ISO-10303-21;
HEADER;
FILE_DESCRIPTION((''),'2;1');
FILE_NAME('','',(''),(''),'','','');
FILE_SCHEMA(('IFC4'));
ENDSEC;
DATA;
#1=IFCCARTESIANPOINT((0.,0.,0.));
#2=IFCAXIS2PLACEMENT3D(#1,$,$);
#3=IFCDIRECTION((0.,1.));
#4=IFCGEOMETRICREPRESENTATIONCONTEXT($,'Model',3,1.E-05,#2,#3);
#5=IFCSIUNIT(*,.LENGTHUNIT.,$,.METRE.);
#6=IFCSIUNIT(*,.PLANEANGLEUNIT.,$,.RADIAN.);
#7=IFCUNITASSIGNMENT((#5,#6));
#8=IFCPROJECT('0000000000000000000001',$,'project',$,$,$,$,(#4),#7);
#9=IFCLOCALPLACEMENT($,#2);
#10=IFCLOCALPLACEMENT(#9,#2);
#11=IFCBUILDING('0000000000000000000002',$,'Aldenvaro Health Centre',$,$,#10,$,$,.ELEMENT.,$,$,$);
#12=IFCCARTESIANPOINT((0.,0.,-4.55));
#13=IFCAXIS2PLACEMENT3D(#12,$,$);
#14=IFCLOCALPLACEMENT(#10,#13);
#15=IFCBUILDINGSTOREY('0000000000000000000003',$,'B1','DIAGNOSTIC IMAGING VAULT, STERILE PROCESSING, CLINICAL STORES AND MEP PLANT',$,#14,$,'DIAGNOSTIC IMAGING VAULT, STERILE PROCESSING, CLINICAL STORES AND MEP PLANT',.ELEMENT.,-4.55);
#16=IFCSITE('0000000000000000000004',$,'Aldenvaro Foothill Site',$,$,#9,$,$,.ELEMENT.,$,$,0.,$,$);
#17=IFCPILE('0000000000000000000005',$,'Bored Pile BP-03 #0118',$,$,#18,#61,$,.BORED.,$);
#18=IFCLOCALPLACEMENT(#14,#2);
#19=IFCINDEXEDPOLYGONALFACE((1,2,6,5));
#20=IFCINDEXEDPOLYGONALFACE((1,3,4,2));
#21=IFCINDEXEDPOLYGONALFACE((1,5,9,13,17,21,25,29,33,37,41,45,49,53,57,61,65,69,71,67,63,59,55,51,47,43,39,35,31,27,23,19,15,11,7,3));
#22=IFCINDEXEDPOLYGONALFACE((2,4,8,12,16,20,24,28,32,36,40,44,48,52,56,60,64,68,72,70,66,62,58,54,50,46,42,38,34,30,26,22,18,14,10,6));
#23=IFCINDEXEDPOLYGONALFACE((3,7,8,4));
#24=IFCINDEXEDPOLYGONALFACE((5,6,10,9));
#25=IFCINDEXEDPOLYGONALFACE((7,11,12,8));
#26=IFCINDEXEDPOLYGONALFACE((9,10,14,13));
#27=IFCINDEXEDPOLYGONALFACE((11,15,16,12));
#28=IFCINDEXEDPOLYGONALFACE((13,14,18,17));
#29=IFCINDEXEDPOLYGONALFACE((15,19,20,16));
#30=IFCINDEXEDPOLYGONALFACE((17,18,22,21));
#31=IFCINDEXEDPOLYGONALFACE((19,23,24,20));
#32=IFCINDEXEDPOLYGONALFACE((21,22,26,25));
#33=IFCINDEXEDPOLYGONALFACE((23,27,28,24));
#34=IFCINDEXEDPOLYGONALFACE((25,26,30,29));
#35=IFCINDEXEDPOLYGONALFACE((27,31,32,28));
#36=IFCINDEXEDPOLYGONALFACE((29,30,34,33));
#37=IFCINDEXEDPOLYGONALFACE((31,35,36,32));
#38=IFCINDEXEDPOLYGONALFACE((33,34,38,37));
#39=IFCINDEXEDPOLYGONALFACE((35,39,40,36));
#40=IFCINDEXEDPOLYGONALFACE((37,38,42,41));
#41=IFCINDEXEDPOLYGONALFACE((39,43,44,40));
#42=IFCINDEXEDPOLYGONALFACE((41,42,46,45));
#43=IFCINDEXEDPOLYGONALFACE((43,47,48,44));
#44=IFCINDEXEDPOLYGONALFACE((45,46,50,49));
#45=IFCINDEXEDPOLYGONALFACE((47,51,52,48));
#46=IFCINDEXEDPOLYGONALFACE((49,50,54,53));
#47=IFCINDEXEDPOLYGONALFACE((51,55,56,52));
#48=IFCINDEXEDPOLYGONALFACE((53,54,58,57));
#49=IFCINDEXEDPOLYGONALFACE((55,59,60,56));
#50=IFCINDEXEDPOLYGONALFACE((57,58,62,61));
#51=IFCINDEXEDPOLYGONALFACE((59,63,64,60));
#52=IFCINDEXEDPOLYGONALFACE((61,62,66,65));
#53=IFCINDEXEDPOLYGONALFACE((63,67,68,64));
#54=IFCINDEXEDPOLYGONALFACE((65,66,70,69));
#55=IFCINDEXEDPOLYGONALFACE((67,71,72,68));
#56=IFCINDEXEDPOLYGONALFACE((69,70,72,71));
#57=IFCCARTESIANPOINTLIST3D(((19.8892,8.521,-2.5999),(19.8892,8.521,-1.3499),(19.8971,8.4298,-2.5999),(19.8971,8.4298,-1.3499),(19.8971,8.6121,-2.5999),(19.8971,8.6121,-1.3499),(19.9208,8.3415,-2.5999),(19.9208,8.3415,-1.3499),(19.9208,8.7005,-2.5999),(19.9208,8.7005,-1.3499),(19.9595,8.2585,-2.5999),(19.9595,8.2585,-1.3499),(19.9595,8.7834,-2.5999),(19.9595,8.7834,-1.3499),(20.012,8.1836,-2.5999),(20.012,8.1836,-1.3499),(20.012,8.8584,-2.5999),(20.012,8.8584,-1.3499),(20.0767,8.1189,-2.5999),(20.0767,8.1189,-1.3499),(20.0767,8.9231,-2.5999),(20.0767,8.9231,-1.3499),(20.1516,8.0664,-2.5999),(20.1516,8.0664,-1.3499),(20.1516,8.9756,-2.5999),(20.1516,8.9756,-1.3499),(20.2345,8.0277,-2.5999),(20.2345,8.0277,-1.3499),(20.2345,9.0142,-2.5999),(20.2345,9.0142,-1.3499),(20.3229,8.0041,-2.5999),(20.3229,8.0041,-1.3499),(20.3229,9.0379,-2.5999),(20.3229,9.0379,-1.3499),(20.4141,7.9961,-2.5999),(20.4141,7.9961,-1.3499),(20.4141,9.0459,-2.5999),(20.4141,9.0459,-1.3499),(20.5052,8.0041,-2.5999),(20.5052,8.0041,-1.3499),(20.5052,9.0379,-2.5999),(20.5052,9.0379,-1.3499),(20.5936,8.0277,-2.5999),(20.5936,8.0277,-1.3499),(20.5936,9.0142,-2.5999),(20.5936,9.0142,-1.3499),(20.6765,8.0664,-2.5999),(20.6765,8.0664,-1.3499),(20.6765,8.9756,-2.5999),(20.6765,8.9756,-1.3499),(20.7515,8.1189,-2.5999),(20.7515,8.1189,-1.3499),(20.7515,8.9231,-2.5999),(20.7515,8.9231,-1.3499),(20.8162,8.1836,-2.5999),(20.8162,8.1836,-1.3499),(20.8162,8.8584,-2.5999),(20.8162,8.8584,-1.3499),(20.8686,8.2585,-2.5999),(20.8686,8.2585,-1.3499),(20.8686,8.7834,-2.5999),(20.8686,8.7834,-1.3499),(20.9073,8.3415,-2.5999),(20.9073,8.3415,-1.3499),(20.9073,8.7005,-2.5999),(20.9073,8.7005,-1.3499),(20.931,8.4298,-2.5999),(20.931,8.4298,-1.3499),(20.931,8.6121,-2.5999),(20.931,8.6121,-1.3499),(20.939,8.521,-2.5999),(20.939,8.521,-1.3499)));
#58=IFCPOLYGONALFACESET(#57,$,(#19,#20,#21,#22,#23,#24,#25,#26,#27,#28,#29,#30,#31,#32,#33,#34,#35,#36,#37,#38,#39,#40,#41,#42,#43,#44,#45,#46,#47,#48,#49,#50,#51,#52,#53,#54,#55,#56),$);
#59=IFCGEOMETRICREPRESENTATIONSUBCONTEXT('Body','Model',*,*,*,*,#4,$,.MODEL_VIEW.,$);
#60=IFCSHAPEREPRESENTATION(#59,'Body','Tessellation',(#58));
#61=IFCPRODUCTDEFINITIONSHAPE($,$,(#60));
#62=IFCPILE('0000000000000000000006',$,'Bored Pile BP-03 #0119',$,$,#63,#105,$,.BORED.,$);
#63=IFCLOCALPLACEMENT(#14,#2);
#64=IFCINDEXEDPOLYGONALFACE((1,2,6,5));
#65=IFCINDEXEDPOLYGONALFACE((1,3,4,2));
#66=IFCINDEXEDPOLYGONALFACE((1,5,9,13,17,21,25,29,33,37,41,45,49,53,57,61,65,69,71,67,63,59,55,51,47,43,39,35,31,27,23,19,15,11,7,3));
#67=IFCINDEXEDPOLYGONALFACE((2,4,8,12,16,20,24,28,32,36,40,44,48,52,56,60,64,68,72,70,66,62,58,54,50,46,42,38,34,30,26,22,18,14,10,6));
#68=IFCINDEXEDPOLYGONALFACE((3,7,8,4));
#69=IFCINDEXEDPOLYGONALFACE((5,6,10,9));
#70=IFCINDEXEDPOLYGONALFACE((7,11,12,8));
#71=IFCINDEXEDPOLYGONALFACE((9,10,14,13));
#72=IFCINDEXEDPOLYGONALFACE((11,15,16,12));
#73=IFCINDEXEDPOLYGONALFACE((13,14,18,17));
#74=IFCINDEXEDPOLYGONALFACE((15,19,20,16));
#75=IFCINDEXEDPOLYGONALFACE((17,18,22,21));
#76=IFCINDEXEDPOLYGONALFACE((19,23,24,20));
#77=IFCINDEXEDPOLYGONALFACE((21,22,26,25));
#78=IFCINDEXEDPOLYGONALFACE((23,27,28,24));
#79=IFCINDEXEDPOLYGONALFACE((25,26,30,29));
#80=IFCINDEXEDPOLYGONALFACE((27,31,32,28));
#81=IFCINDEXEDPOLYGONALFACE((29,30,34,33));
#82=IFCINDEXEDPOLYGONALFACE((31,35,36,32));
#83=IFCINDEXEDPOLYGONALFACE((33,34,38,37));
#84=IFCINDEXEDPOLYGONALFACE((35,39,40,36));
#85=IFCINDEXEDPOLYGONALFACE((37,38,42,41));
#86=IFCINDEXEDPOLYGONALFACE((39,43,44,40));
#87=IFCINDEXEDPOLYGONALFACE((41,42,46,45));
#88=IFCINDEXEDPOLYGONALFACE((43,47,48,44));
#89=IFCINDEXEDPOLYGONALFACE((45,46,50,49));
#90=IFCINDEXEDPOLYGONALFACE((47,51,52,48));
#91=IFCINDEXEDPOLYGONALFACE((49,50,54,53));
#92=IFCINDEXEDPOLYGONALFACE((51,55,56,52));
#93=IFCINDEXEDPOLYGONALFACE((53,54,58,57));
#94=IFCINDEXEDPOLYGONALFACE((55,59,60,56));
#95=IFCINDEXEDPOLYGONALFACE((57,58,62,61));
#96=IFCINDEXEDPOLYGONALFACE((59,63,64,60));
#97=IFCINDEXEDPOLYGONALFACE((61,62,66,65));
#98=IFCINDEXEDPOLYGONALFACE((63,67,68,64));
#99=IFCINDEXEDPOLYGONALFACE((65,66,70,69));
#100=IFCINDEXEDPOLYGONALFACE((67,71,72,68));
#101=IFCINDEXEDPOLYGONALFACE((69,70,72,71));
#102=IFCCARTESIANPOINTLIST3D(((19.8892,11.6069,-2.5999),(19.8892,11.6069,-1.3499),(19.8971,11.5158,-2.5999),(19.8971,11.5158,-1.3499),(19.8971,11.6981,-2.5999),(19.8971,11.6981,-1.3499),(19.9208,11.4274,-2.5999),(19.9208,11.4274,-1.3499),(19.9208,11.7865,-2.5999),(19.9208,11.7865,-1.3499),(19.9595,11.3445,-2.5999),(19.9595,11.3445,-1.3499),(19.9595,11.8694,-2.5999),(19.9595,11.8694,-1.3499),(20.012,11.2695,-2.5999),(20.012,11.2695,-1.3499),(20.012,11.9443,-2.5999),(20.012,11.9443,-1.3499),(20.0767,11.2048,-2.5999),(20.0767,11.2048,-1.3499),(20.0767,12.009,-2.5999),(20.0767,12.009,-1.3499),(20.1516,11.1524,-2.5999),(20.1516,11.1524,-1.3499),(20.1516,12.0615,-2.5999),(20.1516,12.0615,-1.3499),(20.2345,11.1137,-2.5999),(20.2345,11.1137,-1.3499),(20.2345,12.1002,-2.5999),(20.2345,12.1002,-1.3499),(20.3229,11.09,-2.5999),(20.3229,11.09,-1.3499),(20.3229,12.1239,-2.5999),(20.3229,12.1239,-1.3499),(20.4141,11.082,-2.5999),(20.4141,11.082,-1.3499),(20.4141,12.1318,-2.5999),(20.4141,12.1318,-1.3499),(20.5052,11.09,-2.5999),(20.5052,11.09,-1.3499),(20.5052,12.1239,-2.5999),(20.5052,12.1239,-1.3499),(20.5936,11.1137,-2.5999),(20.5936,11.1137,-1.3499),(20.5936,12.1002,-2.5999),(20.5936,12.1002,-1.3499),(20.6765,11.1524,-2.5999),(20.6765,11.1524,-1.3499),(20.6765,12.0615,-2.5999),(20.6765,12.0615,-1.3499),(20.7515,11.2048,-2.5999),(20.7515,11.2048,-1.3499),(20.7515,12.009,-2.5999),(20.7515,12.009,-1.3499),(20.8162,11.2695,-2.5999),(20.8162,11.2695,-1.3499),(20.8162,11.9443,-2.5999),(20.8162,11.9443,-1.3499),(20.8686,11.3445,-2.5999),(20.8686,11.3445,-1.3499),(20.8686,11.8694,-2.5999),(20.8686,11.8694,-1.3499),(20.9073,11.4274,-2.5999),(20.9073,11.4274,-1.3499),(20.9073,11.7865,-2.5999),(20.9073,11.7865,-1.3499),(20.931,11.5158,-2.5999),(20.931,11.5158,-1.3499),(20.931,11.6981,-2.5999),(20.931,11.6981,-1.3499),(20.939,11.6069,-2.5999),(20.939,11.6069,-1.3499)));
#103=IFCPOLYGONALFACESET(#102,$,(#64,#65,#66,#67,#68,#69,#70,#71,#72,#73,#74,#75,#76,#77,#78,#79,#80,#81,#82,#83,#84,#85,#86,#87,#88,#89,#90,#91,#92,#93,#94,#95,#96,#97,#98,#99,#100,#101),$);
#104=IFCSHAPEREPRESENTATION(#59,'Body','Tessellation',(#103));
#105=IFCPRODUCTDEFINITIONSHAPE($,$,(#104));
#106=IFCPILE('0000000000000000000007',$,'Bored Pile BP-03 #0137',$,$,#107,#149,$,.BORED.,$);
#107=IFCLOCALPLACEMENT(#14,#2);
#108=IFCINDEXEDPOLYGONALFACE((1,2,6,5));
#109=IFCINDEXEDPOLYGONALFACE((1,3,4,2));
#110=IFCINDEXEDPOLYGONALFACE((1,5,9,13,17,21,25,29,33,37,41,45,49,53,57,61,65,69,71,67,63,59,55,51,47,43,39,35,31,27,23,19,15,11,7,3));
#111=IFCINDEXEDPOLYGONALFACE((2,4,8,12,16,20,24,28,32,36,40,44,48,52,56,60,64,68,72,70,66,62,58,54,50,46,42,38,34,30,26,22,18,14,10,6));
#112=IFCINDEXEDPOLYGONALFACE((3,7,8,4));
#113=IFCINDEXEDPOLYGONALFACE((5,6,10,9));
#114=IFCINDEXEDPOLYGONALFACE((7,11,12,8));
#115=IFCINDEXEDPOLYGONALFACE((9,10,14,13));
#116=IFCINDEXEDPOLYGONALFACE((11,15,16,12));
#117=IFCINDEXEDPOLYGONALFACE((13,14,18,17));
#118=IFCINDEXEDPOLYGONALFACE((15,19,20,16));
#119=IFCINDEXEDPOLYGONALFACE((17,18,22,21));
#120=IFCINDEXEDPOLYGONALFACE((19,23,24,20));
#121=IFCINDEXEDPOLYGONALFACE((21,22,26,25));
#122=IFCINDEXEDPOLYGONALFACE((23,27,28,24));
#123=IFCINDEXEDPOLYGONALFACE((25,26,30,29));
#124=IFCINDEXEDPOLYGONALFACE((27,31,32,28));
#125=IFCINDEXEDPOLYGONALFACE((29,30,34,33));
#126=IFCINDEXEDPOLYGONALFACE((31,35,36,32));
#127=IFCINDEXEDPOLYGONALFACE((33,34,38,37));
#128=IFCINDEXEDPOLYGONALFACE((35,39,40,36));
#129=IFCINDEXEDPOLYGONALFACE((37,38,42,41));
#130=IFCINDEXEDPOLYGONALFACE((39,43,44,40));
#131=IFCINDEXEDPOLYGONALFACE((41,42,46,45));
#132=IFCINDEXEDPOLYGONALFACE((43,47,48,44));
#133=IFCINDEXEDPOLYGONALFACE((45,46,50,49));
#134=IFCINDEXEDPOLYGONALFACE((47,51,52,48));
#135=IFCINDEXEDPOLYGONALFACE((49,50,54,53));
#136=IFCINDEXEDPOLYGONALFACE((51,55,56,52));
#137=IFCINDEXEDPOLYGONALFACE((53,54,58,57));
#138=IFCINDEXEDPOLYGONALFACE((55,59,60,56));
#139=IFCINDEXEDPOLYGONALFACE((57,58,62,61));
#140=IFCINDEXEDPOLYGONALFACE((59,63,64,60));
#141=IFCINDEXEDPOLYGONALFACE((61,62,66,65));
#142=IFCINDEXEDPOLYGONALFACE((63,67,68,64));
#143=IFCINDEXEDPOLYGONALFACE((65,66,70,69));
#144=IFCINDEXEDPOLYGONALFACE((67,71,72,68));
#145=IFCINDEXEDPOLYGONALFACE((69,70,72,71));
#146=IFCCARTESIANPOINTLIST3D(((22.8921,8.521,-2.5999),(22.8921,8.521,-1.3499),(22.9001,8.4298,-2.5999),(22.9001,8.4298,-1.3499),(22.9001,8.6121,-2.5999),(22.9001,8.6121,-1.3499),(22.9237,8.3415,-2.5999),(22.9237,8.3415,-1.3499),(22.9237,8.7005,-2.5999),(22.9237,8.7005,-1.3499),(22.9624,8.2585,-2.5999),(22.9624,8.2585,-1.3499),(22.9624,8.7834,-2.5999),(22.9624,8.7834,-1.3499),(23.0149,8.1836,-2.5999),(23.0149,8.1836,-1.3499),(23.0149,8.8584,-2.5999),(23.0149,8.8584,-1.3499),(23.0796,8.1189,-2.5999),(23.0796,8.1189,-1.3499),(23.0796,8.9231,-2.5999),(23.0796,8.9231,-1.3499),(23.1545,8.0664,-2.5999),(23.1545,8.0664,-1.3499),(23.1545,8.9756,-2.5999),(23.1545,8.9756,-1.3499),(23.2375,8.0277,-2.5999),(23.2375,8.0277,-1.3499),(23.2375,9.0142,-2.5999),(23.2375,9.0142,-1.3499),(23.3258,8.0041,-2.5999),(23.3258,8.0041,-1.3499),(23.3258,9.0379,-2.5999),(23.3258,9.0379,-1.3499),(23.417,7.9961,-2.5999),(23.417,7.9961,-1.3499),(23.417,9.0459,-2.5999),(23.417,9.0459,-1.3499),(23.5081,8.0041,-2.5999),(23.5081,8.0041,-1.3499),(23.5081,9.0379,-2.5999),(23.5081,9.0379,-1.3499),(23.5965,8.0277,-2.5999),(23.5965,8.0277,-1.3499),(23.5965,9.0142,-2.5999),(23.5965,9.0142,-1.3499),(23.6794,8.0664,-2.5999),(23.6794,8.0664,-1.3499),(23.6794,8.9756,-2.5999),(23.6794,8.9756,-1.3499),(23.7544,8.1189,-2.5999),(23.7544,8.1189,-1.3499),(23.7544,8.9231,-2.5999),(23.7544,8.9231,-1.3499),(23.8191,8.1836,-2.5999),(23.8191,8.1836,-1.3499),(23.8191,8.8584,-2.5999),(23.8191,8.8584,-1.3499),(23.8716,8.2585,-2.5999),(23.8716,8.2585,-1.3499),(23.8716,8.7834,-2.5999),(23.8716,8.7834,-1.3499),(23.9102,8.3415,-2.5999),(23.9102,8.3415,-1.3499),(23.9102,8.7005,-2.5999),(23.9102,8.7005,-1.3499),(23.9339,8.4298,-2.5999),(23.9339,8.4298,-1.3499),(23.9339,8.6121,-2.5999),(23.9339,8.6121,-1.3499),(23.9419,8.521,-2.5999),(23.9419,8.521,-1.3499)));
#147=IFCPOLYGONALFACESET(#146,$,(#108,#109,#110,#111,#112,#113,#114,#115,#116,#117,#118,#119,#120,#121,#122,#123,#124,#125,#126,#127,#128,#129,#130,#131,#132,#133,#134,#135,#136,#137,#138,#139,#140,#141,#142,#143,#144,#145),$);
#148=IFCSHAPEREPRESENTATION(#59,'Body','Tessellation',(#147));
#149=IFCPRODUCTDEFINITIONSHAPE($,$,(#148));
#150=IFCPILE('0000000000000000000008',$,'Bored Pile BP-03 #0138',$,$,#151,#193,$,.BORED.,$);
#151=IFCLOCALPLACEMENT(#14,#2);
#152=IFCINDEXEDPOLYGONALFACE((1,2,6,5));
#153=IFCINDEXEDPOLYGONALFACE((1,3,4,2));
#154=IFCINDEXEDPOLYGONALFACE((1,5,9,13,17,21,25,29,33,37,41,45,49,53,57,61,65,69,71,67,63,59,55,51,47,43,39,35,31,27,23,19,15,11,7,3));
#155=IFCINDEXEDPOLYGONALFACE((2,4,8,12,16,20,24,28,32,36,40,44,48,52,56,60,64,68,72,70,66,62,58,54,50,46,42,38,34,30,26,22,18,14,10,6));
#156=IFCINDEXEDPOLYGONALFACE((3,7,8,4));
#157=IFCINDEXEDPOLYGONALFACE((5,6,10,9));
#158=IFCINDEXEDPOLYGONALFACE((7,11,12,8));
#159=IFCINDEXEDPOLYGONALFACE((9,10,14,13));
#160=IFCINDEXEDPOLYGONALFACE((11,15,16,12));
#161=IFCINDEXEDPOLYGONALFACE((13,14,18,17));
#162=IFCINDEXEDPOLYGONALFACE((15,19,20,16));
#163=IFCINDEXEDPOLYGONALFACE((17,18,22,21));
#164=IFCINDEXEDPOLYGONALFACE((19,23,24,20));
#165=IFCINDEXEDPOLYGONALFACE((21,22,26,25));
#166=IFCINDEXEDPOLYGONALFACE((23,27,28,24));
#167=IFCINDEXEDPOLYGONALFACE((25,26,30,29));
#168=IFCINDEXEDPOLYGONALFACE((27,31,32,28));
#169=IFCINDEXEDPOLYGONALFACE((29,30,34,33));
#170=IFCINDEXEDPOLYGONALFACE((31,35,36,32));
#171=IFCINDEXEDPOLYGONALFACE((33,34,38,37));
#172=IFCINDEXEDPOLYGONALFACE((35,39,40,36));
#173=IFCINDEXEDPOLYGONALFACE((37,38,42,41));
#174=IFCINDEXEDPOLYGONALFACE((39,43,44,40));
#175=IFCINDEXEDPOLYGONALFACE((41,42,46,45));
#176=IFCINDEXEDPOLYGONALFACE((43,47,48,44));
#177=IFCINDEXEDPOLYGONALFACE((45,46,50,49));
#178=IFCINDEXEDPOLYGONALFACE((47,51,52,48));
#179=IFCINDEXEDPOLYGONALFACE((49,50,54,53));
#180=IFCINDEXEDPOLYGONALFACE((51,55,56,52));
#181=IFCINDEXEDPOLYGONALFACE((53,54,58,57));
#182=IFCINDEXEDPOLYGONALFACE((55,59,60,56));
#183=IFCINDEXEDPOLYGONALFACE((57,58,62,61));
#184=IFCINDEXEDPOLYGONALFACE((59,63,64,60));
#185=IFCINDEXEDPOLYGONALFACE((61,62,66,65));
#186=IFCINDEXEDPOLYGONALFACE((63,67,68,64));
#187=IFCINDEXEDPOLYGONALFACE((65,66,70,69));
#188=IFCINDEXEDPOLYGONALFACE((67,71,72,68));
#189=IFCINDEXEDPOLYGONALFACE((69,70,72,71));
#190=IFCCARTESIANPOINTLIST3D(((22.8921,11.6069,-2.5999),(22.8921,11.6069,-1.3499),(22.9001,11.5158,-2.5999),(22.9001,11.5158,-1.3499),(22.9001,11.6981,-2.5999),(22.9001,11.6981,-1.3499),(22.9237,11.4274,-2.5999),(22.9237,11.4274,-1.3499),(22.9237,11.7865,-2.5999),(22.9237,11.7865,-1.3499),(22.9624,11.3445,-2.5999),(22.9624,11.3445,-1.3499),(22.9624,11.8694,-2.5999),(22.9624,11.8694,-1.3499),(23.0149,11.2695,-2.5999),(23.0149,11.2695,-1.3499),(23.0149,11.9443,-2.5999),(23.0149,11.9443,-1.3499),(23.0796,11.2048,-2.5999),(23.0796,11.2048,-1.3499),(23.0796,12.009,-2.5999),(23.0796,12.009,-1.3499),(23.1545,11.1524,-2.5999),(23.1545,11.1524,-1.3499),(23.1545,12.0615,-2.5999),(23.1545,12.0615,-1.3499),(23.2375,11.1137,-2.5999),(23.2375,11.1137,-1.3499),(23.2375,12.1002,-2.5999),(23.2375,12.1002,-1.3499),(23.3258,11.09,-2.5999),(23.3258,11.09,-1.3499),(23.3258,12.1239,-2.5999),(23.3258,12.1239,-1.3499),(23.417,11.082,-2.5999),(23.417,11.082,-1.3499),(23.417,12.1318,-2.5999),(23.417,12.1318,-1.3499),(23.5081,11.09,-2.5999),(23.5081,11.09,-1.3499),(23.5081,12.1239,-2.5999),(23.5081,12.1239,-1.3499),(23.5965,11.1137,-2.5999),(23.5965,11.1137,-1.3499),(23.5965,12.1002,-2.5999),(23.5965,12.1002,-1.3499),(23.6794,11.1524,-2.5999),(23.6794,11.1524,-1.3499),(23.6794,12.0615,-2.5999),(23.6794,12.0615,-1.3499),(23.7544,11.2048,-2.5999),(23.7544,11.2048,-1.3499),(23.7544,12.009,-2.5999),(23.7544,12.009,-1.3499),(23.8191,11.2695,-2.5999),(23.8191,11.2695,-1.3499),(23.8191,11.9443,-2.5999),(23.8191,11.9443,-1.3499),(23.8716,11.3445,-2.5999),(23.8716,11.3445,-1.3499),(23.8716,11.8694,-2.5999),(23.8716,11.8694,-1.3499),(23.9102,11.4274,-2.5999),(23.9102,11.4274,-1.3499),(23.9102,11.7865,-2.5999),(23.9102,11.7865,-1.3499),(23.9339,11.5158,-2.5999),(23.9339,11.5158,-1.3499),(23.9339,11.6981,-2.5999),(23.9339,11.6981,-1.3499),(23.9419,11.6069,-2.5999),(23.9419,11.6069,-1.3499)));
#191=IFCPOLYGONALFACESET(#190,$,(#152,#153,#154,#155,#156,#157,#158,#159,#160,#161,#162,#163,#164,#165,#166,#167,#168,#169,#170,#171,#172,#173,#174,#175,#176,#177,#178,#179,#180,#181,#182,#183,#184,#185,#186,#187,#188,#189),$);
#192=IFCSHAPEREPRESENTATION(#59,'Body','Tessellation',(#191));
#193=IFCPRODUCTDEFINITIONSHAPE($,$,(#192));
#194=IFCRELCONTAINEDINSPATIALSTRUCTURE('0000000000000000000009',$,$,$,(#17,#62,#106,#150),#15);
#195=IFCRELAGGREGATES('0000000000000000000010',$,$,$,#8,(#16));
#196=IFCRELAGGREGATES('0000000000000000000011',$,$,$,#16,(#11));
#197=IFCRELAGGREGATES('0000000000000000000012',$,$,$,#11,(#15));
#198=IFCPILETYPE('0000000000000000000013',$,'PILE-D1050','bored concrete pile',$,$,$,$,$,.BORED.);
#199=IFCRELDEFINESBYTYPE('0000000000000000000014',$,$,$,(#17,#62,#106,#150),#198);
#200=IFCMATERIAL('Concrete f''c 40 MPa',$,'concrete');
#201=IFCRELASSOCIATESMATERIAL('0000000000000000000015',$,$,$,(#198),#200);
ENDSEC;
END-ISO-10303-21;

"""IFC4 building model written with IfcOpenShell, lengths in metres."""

from ifc_helpers import new_model, si_unit, direction, frame, origin, origin_2d, place, context, subcontext, project, spatial, circle, extrude, material, material_profile, profile_set, type_object, element, save


model = new_model("IFC4")

# Units and contexts
model_context = context("Model", 3, precision=1e-05, world=origin(), true_north=direction((0.0, 1.0)))
body_context = subcontext(model_context, "Body", "Model", "MODEL_VIEW")
ifc_project = project(units=[si_unit("LENGTHUNIT", "METRE"), si_unit("PLANEANGLEUNIT", "RADIAN")], contexts=[model_context])

# Site, building, storey
site_placement = place(None, origin())
site = spatial("IfcSite", under=ifc_project, at=site_placement, Name="Aldenvaro Foothill Site", CompositionType="ELEMENT", RefElevation=0.0)
building_placement = place(site_placement, origin())
building = spatial("IfcBuilding", under=site, at=building_placement, Name="Aldenvaro Health Centre", CompositionType="ELEMENT")
storey_placement = place(building_placement, frame((0.0, 0.0, -4.55)))
storey = spatial("IfcBuildingStorey", under=building, at=storey_placement, Name="B1", Description="DIAGNOSTIC IMAGING VAULT, STERILE PROCESSING, CLINICAL STORES AND MEP PLANT", LongName="DIAGNOSTIC IMAGING VAULT, STERILE PROCESSING, CLINICAL STORES AND MEP PLANT", CompositionType="ELEMENT", Elevation=-4.55)

# Piles
ifc_material_1 = material(Name="Concrete f'c 40 MPa", Category="concrete")
ifc_material_profile_1 = material_profile(ifc_material_1, circle(Radius=0.5249, at=origin_2d()), Name="PILE D1050", Category="concrete")
ifc_profile_set_1 = profile_set([ifc_material_profile_1], Name="Concrete f'c 40 MPa")
pile_type = type_object("IfcPileType", Name="PILE-D1050", Description="bored concrete pile", PredefinedType="BORED", material=ifc_profile_set_1)
for number, where, z_axis, x_axis, name in (
    (1, (20.4141, 8.521, -1.3499), (0.0, 0.0, -1.0), (1.0, 0.0, 0.0), "Bored Pile BP-03 #0118"),
    (2, (20.4141, 11.6069, -1.3499), (0.0, 0.0, -1.0), (1.0, 0.0, 0.0), "Bored Pile BP-03 #0119"),
    (3, (23.417, 8.521, -1.3499), (0.0, 0.0, -1.0), (1.0, 0.0, 0.0), "Bored Pile BP-03 #0137"),
    (4, (23.417, 11.6069, -1.3499), (0.0, 0.0, -1.0), (1.0, 0.0, 0.0), "Bored Pile BP-03 #0138"),
):
    element("IfcPile", number, at=place(storey_placement, frame(where, z_axis=z_axis, x_axis=x_axis)), inside=storey, type_object=pile_type, Name=name, PredefinedType="BORED", context=body_context, shape_type="SweptSolid", body=[
        extrude(circle(Radius=0.5249, at=origin_2d()), origin(), (0.0, 0.0, 1.0), 1.25),
    ])

save(model, "model.ifc")
